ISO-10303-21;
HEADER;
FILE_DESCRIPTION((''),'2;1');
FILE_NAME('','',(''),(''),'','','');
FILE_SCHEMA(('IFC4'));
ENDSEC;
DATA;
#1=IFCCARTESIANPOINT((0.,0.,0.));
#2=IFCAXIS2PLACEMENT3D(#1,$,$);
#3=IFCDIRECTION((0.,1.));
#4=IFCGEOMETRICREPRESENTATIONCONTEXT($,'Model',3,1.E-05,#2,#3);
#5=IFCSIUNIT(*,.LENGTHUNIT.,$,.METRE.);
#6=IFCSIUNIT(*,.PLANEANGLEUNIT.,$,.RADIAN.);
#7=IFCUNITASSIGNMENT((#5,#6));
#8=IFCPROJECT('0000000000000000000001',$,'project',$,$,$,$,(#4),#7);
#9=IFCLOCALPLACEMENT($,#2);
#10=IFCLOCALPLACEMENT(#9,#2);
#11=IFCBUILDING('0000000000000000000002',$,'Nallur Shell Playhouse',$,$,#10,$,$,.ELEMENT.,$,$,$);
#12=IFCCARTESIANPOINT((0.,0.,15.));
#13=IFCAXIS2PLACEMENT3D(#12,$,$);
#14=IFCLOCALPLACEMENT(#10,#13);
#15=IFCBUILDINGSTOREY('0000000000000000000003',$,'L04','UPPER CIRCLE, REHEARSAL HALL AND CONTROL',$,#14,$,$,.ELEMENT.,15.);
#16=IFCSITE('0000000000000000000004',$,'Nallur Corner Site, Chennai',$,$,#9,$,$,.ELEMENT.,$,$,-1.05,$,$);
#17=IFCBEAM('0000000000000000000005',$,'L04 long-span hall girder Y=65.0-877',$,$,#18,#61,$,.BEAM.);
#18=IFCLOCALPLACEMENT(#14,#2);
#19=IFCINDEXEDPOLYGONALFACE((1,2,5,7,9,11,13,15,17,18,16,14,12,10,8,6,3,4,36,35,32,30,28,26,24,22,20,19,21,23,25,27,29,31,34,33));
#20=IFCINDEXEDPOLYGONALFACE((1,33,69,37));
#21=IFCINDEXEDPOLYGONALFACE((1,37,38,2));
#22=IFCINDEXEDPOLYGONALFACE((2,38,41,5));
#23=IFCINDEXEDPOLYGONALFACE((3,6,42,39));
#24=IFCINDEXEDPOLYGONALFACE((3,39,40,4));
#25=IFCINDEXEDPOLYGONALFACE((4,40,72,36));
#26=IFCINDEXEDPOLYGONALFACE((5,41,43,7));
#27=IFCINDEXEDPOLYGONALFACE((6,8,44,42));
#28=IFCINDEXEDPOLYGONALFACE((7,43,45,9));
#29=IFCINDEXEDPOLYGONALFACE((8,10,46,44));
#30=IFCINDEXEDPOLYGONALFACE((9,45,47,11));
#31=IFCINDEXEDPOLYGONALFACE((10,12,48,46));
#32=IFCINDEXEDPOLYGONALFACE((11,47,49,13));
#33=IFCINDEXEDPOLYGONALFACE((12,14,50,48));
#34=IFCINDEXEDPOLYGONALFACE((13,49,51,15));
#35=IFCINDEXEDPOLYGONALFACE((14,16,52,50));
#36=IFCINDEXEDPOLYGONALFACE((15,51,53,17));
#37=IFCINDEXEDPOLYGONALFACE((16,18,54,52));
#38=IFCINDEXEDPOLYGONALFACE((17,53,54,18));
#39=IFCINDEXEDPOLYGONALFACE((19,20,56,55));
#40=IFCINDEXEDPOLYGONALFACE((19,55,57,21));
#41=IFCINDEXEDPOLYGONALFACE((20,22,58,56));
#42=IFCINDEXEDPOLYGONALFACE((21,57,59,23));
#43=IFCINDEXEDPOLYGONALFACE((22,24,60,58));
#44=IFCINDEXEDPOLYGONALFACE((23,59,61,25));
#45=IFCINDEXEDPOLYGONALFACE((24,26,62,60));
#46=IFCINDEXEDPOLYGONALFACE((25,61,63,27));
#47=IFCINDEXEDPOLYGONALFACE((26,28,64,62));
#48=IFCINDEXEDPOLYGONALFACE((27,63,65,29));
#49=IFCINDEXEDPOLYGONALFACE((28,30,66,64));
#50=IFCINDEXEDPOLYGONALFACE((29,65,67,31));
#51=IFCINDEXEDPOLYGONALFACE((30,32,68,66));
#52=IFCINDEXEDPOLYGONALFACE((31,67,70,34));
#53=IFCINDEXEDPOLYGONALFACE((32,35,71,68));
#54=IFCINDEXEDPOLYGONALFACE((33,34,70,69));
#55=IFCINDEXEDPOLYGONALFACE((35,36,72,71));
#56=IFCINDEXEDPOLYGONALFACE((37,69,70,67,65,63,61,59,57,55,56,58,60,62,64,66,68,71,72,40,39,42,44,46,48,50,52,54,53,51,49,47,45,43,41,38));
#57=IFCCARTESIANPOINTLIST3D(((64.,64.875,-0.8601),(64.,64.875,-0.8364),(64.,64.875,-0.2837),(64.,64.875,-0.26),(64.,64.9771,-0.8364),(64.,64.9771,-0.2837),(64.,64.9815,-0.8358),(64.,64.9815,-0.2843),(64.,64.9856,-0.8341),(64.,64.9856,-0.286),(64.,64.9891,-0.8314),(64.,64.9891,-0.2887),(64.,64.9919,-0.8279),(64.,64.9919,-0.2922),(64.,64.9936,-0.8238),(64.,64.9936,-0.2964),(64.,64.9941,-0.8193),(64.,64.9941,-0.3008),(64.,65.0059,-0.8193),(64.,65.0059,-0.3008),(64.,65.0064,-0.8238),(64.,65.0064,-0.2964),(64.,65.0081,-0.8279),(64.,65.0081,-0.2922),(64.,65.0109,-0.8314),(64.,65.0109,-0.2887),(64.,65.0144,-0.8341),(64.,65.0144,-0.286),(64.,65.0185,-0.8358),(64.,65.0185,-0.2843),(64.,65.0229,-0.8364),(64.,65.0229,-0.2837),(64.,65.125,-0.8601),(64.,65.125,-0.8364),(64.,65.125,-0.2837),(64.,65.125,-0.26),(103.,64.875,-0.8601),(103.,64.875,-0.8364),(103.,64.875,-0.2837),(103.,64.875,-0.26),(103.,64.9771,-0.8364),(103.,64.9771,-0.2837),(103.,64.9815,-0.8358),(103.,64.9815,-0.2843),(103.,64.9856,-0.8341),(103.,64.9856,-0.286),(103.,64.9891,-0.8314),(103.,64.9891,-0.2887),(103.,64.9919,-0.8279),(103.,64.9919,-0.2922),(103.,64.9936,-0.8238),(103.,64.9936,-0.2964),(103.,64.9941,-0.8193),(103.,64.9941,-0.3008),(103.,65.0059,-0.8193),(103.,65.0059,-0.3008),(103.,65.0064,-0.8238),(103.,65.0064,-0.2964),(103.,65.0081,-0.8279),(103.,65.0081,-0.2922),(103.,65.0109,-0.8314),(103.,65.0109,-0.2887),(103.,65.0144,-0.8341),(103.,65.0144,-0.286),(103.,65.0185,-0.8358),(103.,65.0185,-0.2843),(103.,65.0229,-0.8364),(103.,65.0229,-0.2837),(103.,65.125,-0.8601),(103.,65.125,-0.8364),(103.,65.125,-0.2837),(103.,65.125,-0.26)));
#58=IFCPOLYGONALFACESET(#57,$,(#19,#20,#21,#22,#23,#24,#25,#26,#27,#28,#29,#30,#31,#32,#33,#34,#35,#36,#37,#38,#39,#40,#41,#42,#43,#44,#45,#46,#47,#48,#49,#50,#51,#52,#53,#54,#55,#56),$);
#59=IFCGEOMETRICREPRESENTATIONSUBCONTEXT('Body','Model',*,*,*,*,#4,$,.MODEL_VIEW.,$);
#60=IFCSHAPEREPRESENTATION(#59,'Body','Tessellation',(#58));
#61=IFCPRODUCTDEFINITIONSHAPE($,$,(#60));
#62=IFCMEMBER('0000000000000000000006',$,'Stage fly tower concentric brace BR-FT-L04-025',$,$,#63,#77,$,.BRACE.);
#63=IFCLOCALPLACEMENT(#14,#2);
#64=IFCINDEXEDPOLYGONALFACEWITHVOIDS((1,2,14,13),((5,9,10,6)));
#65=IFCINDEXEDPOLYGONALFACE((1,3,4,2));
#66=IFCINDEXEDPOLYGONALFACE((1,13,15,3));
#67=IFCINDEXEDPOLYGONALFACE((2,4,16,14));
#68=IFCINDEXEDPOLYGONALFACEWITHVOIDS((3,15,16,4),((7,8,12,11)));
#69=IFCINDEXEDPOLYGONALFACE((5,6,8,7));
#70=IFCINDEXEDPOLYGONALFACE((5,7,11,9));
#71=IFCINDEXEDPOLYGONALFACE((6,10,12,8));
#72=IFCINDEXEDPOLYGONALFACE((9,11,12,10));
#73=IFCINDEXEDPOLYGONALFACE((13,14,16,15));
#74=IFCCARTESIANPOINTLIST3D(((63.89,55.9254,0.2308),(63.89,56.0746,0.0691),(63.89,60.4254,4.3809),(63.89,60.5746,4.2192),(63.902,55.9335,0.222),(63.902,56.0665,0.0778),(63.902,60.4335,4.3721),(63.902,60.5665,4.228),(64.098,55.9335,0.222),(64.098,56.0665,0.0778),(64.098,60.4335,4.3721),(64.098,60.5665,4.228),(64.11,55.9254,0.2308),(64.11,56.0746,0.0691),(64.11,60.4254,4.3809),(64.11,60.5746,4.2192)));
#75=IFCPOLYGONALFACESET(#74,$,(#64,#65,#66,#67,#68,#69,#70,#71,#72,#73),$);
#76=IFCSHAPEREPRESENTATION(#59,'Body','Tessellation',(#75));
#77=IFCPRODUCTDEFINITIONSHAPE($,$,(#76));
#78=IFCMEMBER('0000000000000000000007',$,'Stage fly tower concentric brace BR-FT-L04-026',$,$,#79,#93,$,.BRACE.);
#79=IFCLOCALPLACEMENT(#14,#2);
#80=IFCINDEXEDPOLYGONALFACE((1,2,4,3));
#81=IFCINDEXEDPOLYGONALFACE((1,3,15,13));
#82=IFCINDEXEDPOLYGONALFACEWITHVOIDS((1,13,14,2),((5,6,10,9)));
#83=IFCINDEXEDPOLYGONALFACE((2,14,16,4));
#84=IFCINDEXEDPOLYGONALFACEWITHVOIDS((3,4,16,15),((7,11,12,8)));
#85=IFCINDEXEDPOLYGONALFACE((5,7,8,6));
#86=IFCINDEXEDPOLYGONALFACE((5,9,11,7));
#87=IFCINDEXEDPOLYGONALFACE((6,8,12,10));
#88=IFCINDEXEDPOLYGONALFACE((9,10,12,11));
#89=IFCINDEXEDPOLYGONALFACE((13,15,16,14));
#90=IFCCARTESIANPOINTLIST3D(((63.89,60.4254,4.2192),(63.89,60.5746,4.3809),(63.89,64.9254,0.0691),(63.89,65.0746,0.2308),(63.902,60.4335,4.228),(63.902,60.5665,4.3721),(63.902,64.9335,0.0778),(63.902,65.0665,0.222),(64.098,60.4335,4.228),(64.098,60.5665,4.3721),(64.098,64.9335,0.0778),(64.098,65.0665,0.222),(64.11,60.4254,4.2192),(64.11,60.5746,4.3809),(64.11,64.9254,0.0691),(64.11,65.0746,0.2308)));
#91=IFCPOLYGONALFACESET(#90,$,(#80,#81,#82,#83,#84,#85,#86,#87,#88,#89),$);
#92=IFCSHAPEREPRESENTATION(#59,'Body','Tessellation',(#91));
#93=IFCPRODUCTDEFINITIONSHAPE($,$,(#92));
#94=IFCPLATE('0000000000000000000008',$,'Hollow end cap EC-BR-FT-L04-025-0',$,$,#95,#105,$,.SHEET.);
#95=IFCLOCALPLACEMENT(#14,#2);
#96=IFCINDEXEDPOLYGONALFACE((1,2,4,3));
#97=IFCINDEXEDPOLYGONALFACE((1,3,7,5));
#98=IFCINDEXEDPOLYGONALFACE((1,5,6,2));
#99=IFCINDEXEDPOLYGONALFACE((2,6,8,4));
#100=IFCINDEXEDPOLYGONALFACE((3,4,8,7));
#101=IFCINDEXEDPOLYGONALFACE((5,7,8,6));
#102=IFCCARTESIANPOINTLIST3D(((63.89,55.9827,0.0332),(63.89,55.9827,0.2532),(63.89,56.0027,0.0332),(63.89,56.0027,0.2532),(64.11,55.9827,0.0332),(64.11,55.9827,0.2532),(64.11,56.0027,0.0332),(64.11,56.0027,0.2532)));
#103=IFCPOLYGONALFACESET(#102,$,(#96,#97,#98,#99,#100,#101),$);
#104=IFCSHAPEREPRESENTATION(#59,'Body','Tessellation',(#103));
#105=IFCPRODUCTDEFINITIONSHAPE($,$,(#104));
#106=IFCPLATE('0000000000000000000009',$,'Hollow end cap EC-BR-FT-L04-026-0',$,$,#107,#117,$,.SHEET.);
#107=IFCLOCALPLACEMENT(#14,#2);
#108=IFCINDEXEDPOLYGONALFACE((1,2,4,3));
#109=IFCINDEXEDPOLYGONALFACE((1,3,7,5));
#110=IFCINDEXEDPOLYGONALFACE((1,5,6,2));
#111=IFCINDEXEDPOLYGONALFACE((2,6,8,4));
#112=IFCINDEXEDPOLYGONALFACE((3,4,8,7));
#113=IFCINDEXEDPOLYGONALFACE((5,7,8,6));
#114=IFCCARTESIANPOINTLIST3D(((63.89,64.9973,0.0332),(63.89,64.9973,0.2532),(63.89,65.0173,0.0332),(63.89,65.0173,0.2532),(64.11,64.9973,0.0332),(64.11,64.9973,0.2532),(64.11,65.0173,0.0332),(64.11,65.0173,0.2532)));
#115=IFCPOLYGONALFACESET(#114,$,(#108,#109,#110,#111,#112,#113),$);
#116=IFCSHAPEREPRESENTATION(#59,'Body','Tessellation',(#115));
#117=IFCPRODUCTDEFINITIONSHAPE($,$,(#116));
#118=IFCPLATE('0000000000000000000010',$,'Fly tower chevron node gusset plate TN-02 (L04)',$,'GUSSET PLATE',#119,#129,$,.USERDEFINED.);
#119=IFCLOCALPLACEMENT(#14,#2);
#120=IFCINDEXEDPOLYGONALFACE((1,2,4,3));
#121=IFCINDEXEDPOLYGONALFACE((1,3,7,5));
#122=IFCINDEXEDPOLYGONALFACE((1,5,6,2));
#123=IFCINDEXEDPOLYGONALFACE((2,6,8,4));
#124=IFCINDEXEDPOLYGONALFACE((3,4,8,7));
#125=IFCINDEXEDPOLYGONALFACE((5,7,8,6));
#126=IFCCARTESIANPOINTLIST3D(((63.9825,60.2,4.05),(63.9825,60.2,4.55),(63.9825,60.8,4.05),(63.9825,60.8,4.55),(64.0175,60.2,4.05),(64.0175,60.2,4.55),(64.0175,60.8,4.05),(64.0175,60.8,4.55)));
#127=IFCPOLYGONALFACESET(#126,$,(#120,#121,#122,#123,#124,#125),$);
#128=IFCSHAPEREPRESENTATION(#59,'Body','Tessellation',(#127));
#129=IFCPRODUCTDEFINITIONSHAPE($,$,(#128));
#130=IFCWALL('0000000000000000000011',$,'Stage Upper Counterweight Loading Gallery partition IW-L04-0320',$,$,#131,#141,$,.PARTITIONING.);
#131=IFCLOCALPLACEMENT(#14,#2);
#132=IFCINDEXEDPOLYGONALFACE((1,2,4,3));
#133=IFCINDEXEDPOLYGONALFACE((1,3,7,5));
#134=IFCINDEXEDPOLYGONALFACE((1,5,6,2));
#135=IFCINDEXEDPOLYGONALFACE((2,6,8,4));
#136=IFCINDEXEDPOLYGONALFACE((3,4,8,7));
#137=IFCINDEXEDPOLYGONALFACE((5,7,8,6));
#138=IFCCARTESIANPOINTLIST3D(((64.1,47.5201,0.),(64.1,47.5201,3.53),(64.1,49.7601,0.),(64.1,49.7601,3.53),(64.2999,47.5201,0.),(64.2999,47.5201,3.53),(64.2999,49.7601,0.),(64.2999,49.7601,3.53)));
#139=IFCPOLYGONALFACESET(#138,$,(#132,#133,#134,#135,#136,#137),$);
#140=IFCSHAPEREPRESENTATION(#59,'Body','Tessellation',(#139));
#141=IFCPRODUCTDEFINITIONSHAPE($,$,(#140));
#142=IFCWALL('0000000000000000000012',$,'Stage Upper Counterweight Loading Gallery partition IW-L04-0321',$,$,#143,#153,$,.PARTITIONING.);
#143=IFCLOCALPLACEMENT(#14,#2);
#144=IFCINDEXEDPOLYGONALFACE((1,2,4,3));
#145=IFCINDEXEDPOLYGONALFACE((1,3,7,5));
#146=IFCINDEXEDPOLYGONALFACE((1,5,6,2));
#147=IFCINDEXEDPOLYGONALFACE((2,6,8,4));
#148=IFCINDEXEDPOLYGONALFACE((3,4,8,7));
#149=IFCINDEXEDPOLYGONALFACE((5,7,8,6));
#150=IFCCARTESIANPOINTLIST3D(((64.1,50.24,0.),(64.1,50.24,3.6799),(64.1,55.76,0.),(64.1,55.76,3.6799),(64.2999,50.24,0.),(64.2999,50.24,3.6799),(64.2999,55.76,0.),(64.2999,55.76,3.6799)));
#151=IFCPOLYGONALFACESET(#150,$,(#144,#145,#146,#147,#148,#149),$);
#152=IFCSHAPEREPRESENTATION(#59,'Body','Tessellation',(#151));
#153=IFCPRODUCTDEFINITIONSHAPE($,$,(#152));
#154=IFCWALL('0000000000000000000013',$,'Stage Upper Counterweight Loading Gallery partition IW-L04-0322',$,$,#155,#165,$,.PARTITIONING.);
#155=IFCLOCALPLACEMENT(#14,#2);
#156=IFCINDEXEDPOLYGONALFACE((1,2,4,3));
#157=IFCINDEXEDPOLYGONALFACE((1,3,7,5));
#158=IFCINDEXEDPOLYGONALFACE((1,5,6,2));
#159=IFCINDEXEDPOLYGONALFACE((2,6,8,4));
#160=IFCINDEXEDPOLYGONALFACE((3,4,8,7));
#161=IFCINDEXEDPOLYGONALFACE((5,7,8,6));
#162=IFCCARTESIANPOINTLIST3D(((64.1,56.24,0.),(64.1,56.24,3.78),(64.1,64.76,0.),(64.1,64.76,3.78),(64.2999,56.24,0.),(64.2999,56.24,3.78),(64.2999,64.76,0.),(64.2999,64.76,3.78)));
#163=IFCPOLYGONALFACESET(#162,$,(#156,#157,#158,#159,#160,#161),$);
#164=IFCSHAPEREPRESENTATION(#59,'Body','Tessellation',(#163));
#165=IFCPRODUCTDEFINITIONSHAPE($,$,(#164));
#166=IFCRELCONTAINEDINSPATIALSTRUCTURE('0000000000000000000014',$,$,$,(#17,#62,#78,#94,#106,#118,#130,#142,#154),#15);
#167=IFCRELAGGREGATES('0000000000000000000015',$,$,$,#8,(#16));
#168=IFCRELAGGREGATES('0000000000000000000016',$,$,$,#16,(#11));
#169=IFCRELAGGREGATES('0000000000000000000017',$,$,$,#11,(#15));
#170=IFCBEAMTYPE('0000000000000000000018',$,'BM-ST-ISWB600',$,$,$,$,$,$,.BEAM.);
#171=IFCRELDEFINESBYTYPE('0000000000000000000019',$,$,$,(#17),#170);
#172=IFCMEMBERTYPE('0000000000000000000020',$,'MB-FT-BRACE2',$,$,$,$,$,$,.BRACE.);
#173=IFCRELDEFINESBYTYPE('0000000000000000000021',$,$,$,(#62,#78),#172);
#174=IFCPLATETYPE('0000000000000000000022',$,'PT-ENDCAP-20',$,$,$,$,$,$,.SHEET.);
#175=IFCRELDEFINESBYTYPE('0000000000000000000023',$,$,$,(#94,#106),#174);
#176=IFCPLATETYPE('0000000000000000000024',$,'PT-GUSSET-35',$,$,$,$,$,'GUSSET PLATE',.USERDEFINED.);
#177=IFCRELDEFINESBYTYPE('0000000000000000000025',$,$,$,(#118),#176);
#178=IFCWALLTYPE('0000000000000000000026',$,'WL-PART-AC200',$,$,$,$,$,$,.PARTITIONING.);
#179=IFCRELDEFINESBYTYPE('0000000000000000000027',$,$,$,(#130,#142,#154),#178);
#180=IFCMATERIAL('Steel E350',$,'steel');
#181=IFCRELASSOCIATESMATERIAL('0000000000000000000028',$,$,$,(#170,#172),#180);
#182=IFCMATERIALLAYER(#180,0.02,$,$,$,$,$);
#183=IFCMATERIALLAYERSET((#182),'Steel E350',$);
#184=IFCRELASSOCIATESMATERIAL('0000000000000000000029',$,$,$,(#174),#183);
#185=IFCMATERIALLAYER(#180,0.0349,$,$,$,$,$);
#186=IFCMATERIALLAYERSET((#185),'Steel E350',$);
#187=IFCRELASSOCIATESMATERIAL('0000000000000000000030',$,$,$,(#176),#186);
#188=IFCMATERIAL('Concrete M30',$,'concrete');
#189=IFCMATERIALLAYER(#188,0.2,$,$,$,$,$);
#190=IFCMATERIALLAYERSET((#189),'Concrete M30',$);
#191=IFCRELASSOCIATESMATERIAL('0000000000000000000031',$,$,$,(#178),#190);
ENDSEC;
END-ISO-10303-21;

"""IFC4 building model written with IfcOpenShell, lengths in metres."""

from ifc_helpers import new_model, si_unit, direction, frame, frame_2d, origin, origin_2d, place, context, subcontext, project, spatial, rectangle, hollow_rectangle, i_section, extrude, material, layer, layer_set, material_profile, profile_set, type_object, element, save


model = new_model("IFC4")

# Units and contexts
model_context = context("Model", 3, precision=1e-05, world=origin(), true_north=direction((0.0, 1.0)))
body_context = subcontext(model_context, "Body", "Model", "MODEL_VIEW")
ifc_project = project(units=[si_unit("LENGTHUNIT", "METRE"), si_unit("PLANEANGLEUNIT", "RADIAN")], contexts=[model_context])

# Site, building, storey
site_placement = place(None, origin())
site = spatial("IfcSite", under=ifc_project, at=site_placement, Name="Nallur Corner Site, Chennai", CompositionType="ELEMENT", RefElevation=-1.05)
building_placement = place(site_placement, origin())
building = spatial("IfcBuilding", under=site, at=building_placement, Name="Nallur Shell Playhouse", CompositionType="ELEMENT")
storey_placement = place(building_placement, frame((0.0, 0.0, 15.0)))
storey = spatial("IfcBuildingStorey", under=building, at=storey_placement, Name="L04", Description="UPPER CIRCLE, REHEARSAL HALL AND CONTROL", CompositionType="ELEMENT", Elevation=15.0)

# Shared definitions
ifc_material_1 = material(Name="Steel E350", Category="steel")

# Beam
ifc_material_2 = material(Name="Concrete M30", Category="concrete")
ifc_material_profile_1 = material_profile(ifc_material_1, i_section(OverallWidth=0.25, OverallDepth=0.6001, WebThickness=0.0117, FlangeThickness=0.0237, FilletRadius=0.0171, at=origin_2d()), Name="ISWB 600")
ifc_profile_set_1 = profile_set([ifc_material_profile_1], Name="Steel E350")
beam_type_1 = type_object("IfcBeamType", Name="BM-ST-ISWB600", PredefinedType="BEAM", material=ifc_profile_set_1)
for number, where, z_axis, x_axis, name in (
    (1, (64.0, 65.0, -0.5601), (1.0, 0.0, 0.0), (0.0, 1.0, 0.0), "L04 long-span hall girder Y=65.0-877"),
):
    element("IfcBeam", number, at=place(storey_placement, frame(where, z_axis=z_axis, x_axis=x_axis)), inside=storey, type_object=beam_type_1, Name=name, PredefinedType="BEAM", context=body_context, shape_type="SweptSolid", body=[
        extrude(i_section(OverallWidth=0.25, OverallDepth=0.6001, WebThickness=0.0117, FlangeThickness=0.0237, FilletRadius=0.0171, at=origin_2d()), origin(), (0.0, 0.0, 1.0), 39.0),
    ])

# Members
ifc_material_profile_2 = material_profile(ifc_material_1, hollow_rectangle(XDim=0.22, YDim=0.22, WallThickness=0.012, at=origin_2d()), Name="SHS 220x220x12")
ifc_profile_set_2 = profile_set([ifc_material_profile_2], Name="Steel E350")
member_type = type_object("IfcMemberType", Name="MB-FT-BRACE2", PredefinedType="BRACE", material=ifc_profile_set_2)
for number, where, z_axis, x_axis, name in (
    (2, (64.0, 56.0, 0.1499), (0.0, 0.735105, 0.677954), (-1.0, 0.0, 0.0), "Stage fly tower concentric brace BR-FT-L04-025"),
    (3, (64.0, 65.0, 0.1499), (0.0, -0.735105, 0.677954), (1.0, 0.0, 0.0), "Stage fly tower concentric brace BR-FT-L04-026"),
):
    element("IfcMember", number, at=place(storey_placement, frame(where, z_axis=z_axis, x_axis=x_axis)), inside=storey, type_object=member_type, Name=name, PredefinedType="BRACE", context=body_context, shape_type="SweptSolid", body=[
        extrude(hollow_rectangle(XDim=0.22, YDim=0.22, WallThickness=0.012, at=origin_2d()), origin(), (0.0, 0.0, 1.0), 6.1216),
    ])

# Plates
ifc_layer_1 = layer(ifc_material_1, 0.02)
ifc_layer_set_1 = layer_set([ifc_layer_1], Name="Steel E350")
plate_type_1 = type_object("IfcPlateType", Name="PT-ENDCAP-20", PredefinedType="SHEET", material=ifc_layer_set_1)
for number, where, z_axis, x_axis, name in (
    (4, (64.0, 55.9927, 0.0332), (0.0, 0.0, 1.0), (1.0, 0.0, 0.0), "Hollow end cap EC-BR-FT-L04-025-0"),
    (5, (64.0, 65.0073, 0.0332), (0.0, 0.0, 1.0), (1.0, 0.0, 0.0), "Hollow end cap EC-BR-FT-L04-026-0"),
):
    element("IfcPlate", number, at=place(storey_placement, frame(where, z_axis=z_axis, x_axis=x_axis)), inside=storey, type_object=plate_type_1, Name=name, PredefinedType="SHEET", context=body_context, shape_type="SweptSolid", body=[
        extrude(rectangle(XDim=0.22, YDim=0.02, at=origin_2d()), origin(), (0.0, 0.0, 1.0), 0.22),
    ])
ifc_layer_2 = layer(ifc_material_1, 0.0349)
ifc_layer_set_2 = layer_set([ifc_layer_2], Name="Steel E350")
plate_type_2 = type_object("IfcPlateType", Name="PT-GUSSET-35", ElementType="GUSSET PLATE", PredefinedType="USERDEFINED", material=ifc_layer_set_2)
plate_placement = place(storey_placement, frame((64.0, 60.5, 4.05), z_axis=(0.0, 0.0, 1.0), x_axis=(1.0, 0.0, 0.0)))
element("IfcPlate", 6, at=plate_placement, inside=storey, type_object=plate_type_2, Name="Fly tower chevron node gusset plate TN-02 (L04)", ObjectType="GUSSET PLATE", PredefinedType="USERDEFINED", context=body_context, shape_type="SweptSolid", body=[
    extrude(rectangle(XDim=0.0349, YDim=0.6001, at=origin_2d()), origin(), (0.0, 0.0, 1.0), 0.5),
])

# Walls
ifc_layer_3 = layer(ifc_material_2, 0.2)
ifc_layer_set_3 = layer_set([ifc_layer_3], Name="Concrete M30")
wall_type = type_object("IfcWallType", Name="WL-PART-AC200", PredefinedType="PARTITIONING", material=ifc_layer_set_3)
wall_1_placement = place(storey_placement, frame((64.2, 47.52, 0.0), z_axis=(0.0, 0.0, 1.0), x_axis=(0.0, 1.0, 0.0)))
element("IfcWall", 7, at=wall_1_placement, inside=storey, type_object=wall_type, Name="Stage Upper Counterweight Loading Gallery partition IW-L04-0320", PredefinedType="PARTITIONING", context=body_context, shape_type="SweptSolid", body=[
    extrude(rectangle(XDim=2.24, YDim=0.2, at=frame_2d((1.1201, 0.0))), origin(), (0.0, 0.0, 1.0), 3.53),
])
wall_2_placement = place(storey_placement, frame((64.2, 50.24, 0.0), z_axis=(0.0, 0.0, 1.0), x_axis=(0.0, 1.0, 0.0)))
element("IfcWall", 8, at=wall_2_placement, inside=storey, type_object=wall_type, Name="Stage Upper Counterweight Loading Gallery partition IW-L04-0321", PredefinedType="PARTITIONING", context=body_context, shape_type="SweptSolid", body=[
    extrude(rectangle(XDim=5.52, YDim=0.2, at=frame_2d((2.76, 0.0))), origin(), (0.0, 0.0, 1.0), 3.6799),
])
wall_3_placement = place(storey_placement, frame((64.2, 56.24, 0.0), z_axis=(0.0, 0.0, 1.0), x_axis=(0.0, 1.0, 0.0)))
element("IfcWall", 9, at=wall_3_placement, inside=storey, type_object=wall_type, Name="Stage Upper Counterweight Loading Gallery partition IW-L04-0322", PredefinedType="PARTITIONING", context=body_context, shape_type="SweptSolid", body=[
    extrude(rectangle(XDim=8.52, YDim=0.2, at=frame_2d((4.26, 0.0))), origin(), (0.0, 0.0, 1.0), 3.78),
])

save(model, "model.ifc")
